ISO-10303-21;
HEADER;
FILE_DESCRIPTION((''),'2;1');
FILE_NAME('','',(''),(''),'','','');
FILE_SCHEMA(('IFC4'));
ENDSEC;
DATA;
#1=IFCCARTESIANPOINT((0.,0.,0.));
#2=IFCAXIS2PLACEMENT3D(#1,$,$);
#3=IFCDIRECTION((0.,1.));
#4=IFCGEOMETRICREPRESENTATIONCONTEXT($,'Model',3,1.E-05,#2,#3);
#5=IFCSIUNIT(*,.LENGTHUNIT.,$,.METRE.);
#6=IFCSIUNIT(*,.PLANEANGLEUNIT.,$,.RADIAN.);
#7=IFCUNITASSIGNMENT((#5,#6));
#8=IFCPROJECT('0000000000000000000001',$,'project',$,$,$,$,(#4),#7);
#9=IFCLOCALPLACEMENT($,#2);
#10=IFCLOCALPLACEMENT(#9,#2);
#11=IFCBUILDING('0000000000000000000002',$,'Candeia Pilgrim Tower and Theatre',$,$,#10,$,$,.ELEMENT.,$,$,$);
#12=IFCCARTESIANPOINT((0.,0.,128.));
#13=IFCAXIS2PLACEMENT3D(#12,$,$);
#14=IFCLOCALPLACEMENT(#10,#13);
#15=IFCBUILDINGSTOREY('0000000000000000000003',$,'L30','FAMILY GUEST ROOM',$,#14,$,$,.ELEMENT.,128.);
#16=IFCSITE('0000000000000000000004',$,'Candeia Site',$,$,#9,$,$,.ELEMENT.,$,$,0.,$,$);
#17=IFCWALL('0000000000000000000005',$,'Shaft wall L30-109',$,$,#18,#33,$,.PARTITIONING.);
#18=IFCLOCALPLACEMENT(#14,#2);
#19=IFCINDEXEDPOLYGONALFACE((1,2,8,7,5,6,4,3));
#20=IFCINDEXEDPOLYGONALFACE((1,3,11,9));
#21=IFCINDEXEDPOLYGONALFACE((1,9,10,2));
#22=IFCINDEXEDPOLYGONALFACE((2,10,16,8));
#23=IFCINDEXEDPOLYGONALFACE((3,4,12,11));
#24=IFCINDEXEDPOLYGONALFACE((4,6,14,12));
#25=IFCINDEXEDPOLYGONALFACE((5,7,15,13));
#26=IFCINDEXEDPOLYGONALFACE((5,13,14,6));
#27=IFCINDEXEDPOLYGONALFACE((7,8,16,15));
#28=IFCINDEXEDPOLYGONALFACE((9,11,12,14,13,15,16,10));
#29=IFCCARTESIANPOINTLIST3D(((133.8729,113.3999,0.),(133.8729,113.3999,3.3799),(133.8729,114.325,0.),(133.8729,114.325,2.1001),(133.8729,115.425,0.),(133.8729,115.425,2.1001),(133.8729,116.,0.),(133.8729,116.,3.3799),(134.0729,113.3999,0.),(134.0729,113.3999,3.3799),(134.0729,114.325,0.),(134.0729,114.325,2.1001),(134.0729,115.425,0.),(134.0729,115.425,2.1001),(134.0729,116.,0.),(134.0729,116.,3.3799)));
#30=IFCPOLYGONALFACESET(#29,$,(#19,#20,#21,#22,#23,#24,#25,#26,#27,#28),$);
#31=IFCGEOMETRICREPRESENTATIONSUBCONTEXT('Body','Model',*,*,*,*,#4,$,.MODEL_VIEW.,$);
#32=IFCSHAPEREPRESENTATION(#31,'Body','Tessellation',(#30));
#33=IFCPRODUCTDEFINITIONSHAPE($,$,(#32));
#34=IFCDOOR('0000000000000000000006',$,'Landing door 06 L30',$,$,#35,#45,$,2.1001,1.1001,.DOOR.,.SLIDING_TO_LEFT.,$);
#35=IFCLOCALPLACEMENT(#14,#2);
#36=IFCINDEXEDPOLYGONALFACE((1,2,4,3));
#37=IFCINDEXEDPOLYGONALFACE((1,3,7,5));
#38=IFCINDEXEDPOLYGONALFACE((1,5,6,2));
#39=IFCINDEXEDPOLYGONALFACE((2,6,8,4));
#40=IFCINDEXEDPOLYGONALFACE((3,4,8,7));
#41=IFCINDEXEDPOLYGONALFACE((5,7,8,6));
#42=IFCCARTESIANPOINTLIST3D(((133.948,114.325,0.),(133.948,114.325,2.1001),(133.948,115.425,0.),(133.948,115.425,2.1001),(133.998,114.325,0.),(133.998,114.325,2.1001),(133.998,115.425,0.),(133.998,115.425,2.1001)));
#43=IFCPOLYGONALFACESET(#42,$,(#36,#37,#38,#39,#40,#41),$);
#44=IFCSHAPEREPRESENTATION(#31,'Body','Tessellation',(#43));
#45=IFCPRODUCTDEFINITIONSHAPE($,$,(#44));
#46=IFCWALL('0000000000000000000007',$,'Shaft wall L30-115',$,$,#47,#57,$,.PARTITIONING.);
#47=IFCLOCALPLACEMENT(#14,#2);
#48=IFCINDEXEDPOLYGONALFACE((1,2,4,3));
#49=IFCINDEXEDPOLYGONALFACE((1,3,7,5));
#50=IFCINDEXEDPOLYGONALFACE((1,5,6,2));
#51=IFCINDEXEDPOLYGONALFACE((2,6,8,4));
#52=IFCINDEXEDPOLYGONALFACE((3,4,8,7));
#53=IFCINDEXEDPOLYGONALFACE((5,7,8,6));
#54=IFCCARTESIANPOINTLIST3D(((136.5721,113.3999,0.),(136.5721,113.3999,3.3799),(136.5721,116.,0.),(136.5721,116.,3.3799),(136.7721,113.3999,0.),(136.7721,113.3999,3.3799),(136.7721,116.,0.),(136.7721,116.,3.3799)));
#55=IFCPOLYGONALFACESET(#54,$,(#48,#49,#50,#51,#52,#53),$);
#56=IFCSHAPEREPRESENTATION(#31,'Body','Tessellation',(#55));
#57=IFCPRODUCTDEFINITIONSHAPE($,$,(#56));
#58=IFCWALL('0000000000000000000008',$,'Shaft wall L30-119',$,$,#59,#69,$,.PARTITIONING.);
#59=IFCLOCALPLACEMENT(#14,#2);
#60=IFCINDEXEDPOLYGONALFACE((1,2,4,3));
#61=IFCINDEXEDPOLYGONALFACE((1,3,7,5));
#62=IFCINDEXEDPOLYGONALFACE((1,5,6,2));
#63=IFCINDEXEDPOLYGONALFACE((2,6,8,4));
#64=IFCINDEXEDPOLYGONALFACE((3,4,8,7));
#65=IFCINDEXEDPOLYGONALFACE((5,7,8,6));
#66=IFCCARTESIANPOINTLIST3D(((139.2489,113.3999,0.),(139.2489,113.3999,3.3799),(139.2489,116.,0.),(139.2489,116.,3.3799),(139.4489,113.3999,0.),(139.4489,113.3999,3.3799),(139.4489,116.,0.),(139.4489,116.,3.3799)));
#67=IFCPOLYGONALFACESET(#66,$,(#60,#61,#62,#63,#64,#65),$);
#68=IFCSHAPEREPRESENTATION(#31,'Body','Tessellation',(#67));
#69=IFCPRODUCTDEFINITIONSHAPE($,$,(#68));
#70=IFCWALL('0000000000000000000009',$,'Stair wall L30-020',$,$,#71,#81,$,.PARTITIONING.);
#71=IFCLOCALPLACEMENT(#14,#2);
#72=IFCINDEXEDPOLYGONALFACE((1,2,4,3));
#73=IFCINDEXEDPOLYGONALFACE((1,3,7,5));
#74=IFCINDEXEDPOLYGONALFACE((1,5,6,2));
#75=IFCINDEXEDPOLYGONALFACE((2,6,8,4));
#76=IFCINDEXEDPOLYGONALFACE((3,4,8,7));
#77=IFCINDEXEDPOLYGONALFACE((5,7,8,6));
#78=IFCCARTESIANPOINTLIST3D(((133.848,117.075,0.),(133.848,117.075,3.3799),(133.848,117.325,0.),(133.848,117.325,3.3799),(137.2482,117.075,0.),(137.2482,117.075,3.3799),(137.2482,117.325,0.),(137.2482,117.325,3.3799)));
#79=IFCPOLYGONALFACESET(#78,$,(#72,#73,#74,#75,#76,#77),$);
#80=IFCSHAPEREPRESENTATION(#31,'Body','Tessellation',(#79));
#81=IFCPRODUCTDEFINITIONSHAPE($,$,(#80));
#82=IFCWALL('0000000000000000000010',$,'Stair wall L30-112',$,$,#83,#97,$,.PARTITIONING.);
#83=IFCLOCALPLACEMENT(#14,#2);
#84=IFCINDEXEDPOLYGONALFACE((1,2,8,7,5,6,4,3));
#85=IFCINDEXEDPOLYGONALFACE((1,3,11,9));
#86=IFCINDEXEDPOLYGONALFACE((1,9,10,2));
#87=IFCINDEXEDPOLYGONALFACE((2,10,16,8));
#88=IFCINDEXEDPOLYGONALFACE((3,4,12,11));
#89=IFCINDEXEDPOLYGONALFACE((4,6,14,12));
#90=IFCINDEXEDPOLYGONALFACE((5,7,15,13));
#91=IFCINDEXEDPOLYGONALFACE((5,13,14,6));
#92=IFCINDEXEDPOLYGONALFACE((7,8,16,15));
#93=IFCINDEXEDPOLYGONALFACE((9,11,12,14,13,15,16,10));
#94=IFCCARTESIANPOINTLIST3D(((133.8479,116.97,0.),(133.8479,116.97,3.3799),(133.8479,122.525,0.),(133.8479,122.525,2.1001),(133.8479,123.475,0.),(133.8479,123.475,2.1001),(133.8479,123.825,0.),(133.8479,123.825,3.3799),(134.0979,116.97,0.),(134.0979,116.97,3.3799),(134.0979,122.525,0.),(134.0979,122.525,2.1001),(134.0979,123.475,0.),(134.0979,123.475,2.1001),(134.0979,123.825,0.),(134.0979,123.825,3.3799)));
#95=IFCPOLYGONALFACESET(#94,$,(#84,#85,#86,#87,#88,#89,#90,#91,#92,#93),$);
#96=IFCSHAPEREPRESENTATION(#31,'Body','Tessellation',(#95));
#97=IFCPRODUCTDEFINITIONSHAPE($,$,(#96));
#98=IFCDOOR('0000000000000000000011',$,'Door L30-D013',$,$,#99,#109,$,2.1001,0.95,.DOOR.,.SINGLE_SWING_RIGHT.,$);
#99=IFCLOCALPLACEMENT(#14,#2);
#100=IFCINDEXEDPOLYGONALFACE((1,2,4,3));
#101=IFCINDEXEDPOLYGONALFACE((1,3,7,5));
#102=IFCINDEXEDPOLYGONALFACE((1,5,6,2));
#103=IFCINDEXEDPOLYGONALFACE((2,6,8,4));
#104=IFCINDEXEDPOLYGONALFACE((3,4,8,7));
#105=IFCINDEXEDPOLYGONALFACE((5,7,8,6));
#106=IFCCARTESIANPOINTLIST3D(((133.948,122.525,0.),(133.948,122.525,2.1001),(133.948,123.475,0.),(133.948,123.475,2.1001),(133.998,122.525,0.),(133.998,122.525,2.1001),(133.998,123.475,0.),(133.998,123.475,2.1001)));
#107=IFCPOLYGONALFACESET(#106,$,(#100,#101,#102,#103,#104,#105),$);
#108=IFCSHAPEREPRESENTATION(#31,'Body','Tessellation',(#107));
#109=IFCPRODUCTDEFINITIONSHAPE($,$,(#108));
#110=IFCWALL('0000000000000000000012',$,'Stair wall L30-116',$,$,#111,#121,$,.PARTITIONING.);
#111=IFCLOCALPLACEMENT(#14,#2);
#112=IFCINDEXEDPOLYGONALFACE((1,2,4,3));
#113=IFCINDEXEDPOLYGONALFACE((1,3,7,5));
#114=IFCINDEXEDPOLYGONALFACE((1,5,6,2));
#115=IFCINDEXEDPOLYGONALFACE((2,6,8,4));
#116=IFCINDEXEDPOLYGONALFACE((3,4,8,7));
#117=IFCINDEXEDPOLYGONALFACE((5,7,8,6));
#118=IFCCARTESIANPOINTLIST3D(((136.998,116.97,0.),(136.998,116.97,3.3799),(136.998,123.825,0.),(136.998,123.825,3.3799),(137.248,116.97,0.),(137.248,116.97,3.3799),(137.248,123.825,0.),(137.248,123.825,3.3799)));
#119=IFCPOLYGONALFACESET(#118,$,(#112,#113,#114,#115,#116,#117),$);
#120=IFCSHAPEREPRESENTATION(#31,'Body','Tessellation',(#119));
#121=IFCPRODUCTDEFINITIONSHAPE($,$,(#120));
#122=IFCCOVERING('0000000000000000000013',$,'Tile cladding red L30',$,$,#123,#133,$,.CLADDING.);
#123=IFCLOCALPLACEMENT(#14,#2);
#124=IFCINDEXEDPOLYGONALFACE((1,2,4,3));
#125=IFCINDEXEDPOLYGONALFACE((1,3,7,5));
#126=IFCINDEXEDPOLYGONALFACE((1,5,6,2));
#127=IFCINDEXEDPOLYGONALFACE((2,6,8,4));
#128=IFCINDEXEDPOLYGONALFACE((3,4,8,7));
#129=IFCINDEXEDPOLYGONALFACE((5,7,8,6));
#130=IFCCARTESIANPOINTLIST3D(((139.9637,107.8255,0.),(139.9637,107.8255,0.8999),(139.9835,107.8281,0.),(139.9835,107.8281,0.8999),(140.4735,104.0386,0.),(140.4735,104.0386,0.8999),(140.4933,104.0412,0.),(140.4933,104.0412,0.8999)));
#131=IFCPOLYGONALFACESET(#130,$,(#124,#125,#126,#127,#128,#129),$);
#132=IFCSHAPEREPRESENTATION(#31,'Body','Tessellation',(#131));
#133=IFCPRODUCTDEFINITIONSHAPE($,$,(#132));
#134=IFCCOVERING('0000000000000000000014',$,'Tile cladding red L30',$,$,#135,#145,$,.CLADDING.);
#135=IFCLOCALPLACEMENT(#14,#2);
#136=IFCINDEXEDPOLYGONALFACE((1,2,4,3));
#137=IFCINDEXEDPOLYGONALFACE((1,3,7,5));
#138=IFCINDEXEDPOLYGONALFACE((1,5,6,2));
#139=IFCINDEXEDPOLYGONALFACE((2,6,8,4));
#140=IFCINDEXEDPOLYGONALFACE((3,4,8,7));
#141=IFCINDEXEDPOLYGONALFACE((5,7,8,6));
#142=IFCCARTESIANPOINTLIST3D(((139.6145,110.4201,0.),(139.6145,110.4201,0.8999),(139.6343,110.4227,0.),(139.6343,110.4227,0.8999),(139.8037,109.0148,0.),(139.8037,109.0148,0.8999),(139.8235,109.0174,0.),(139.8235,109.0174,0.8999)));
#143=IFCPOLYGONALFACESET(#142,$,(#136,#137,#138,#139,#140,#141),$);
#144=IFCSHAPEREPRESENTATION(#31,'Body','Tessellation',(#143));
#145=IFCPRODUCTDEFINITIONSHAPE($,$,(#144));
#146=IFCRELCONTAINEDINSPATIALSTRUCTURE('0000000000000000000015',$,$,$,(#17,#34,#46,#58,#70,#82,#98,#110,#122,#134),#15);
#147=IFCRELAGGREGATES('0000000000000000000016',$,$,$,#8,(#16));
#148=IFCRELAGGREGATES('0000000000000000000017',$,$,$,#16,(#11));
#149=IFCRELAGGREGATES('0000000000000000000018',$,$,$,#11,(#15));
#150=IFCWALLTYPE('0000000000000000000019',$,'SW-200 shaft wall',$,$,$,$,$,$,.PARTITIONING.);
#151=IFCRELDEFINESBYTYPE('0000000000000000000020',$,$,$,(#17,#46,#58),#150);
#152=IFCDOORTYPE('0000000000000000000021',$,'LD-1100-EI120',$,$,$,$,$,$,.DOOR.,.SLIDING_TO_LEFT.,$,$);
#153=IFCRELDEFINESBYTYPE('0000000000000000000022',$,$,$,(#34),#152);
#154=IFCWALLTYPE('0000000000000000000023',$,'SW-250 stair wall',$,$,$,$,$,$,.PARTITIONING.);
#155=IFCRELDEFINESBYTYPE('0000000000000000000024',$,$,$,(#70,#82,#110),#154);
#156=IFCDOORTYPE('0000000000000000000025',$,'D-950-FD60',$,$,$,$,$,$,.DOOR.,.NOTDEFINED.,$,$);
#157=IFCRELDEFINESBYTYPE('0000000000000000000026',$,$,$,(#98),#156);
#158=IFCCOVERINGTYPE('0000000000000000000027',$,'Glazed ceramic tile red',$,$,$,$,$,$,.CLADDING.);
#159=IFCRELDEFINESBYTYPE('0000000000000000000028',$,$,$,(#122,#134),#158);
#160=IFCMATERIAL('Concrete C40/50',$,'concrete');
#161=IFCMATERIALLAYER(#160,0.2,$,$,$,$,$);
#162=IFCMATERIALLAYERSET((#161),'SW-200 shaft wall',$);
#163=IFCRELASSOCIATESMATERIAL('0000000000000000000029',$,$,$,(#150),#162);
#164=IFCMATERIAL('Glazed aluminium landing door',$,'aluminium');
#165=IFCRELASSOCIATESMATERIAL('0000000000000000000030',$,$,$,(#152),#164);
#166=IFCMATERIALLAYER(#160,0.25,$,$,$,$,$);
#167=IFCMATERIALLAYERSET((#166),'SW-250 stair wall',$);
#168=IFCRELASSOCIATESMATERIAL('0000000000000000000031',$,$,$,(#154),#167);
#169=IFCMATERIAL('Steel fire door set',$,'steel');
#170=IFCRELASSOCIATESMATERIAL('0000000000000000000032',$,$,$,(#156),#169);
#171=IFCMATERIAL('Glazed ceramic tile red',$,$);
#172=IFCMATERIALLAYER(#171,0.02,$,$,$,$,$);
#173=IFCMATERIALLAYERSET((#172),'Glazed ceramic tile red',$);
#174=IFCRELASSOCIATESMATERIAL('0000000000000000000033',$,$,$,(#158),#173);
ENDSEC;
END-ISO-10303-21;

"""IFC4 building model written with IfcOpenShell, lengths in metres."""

from ifc_helpers import new_model, si_unit, direction, frame, frame_2d, origin, origin_2d, place, context, subcontext, project, spatial, rectangle, extrude, material, layer, layer_set, type_object, element, fill, save


model = new_model("IFC4")

# Units and contexts
model_context = context("Model", 3, precision=1e-05, world=origin(), true_north=direction((0.0, 1.0)))
body_context = subcontext(model_context, "Body", "Model", "MODEL_VIEW")
ifc_project = project(units=[si_unit("LENGTHUNIT", "METRE"), si_unit("PLANEANGLEUNIT", "RADIAN")], contexts=[model_context])

# Site, building, storey
site_placement = place(None, origin())
site = spatial("IfcSite", under=ifc_project, at=site_placement, Name="Candeia Site", CompositionType="ELEMENT", RefElevation=0.0)
building_placement = place(site_placement, origin())
building = spatial("IfcBuilding", under=site, at=building_placement, Name="Candeia Pilgrim Tower and Theatre", CompositionType="ELEMENT")
storey_placement = place(building_placement, frame((0.0, 0.0, 128.0)))
storey = spatial("IfcBuildingStorey", under=building, at=storey_placement, Name="L30", Description="FAMILY GUEST ROOM", CompositionType="ELEMENT", Elevation=128.0)

# Shared definitions
ifc_material_1 = material(Name="Steel fire door set", Category="steel")

# Wall, opening, door
ifc_material_2 = material(Name="Concrete C40/50", Category="concrete")
ifc_layer_1 = layer(ifc_material_2, 0.2)
ifc_layer_set_1 = layer_set([ifc_layer_1], Name="SW-200 shaft wall")
wall_type_1 = type_object("IfcWallType", Name="SW-200 shaft wall", PredefinedType="PARTITIONING", material=ifc_layer_set_1)
wall_1_placement = place(storey_placement, frame((133.9729, 113.3999, 0.0), z_axis=(0.0, 0.0, 1.0), x_axis=(0.0, 1.0, 0.0)))
wall_1 = element("IfcWall", 1, at=wall_1_placement, inside=storey, type_object=wall_type_1, Name="Shaft wall L30-109", PredefinedType="PARTITIONING", context=body_context, shape_type="SweptSolid", body=[
    extrude(rectangle(XDim=2.6001, YDim=0.2, at=frame_2d((1.3, 0.0))), origin(), (0.0, 0.0, 1.0), 3.3799),
])
opening_1_placement = place(wall_1_placement, frame((0.925, 0.0, 0.0)))
opening_1 = element("IfcOpeningElement", 2, at=opening_1_placement, cuts=wall_1, PredefinedType="OPENING", context=body_context, shape_type="SweptSolid", body=[
    extrude(rectangle(XDim=1.1001, YDim=2.1001, at=frame_2d((0.55, 1.05))), frame((0.0, 0.1099, 0.0), z_axis=(0.0, -1.0, 0.0), x_axis=(1.0, 0.0, 0.0)), (0.0, 0.0, 1.0), 0.22),
])
ifc_material_3 = material(Name="Glazed aluminium landing door", Category="aluminium")
door_type_1 = type_object("IfcDoorType", Name="LD-1100-EI120", OperationType="SLIDING_TO_LEFT", PredefinedType="DOOR", material=ifc_material_3)
door_1_placement = place(opening_1_placement, origin())
door_1 = element("IfcDoor", 3, at=door_1_placement, inside=storey, type_object=door_type_1, Name="Landing door 06 L30", OperationType="SLIDING_TO_LEFT", OverallHeight=2.1001, OverallWidth=1.1001, PredefinedType="DOOR", context=body_context, shape_type="SweptSolid", body=[
    extrude(rectangle(XDim=1.1001, YDim=2.1001, at=frame_2d((0.55, 1.05))), frame((0.0, 0.0249, 0.0), z_axis=(0.0, -1.0, 0.0), x_axis=(1.0, 0.0, 0.0)), (0.0, 0.0, 1.0), 0.05),
])
fill(opening_1, door_1)

# Walls
for number, where, z_axis, x_axis, name in (
    (4, (136.6721, 113.3999, 0.0), (0.0, 0.0, 1.0), (0.0, 1.0, 0.0), "Shaft wall L30-115"),
    (5, (139.3489, 113.3999, 0.0), (0.0, 0.0, 1.0), (0.0, 1.0, 0.0), "Shaft wall L30-119"),
):
    element("IfcWall", number, at=place(storey_placement, frame(where, z_axis=z_axis, x_axis=x_axis)), inside=storey, type_object=wall_type_1, Name=name, PredefinedType="PARTITIONING", context=body_context, shape_type="SweptSolid", body=[
        extrude(rectangle(XDim=2.6001, YDim=0.2, at=frame_2d((1.3, 0.0))), origin(), (0.0, 0.0, 1.0), 3.3799),
    ])
ifc_layer_2 = layer(ifc_material_2, 0.25)
ifc_layer_set_2 = layer_set([ifc_layer_2], Name="SW-250 stair wall")
wall_type_2 = type_object("IfcWallType", Name="SW-250 stair wall", PredefinedType="PARTITIONING", material=ifc_layer_set_2)
wall_2_placement = place(storey_placement, frame((133.8479, 117.2, 0.0), z_axis=(0.0, 0.0, 1.0), x_axis=(1.0, 0.0, 0.0)))
element("IfcWall", 6, at=wall_2_placement, inside=storey, type_object=wall_type_2, Name="Stair wall L30-020", PredefinedType="PARTITIONING", context=body_context, shape_type="SweptSolid", body=[
    extrude(rectangle(XDim=3.4001, YDim=0.25, at=frame_2d((1.7002, 0.0))), origin(), (0.0, 0.0, 1.0), 3.3799),
])

# Wall, opening, door
wall_3_placement = place(storey_placement, frame((133.9729, 116.97, 0.0), z_axis=(0.0, 0.0, 1.0), x_axis=(0.0, 1.0, 0.0)))
wall_3 = element("IfcWall", 7, at=wall_3_placement, inside=storey, type_object=wall_type_2, Name="Stair wall L30-112", PredefinedType="PARTITIONING", context=body_context, shape_type="SweptSolid", body=[
    extrude(rectangle(XDim=6.855, YDim=0.25, at=frame_2d((3.4275, 0.0))), origin(), (0.0, 0.0, 1.0), 3.3799),
])
opening_2_placement = place(wall_3_placement, frame((5.5549, 0.0, 0.0)))
opening_2 = element("IfcOpeningElement", 8, at=opening_2_placement, cuts=wall_3, PredefinedType="OPENING", context=body_context, shape_type="SweptSolid", body=[
    extrude(rectangle(XDim=0.95, YDim=2.1001, at=frame_2d((0.4751, 1.05))), frame((0.0, 0.135, 0.0), z_axis=(0.0, -1.0, 0.0), x_axis=(1.0, 0.0, 0.0)), (0.0, 0.0, 1.0), 0.27),
])
door_type_2 = type_object("IfcDoorType", Name="D-950-FD60", OperationType="NOTDEFINED", PredefinedType="DOOR", material=ifc_material_1)
door_2_placement = place(opening_2_placement, origin())
door_2 = element("IfcDoor", 9, at=door_2_placement, inside=storey, type_object=door_type_2, Name="Door L30-D013", OperationType="SINGLE_SWING_RIGHT", OverallHeight=2.1001, OverallWidth=0.95, PredefinedType="DOOR", context=body_context, shape_type="SweptSolid", body=[
    extrude(rectangle(XDim=0.95, YDim=2.1001, at=frame_2d((0.4751, 1.05))), frame((0.0, 0.0249, 0.0), z_axis=(0.0, -1.0, 0.0), x_axis=(1.0, 0.0, 0.0)), (0.0, 0.0, 1.0), 0.05),
])
fill(opening_2, door_2)

# Wall
wall_4_placement = place(storey_placement, frame((137.123, 116.97, 0.0), z_axis=(0.0, 0.0, 1.0), x_axis=(0.0, 1.0, 0.0)))
element("IfcWall", 10, at=wall_4_placement, inside=storey, type_object=wall_type_2, Name="Stair wall L30-116", PredefinedType="PARTITIONING", context=body_context, shape_type="SweptSolid", body=[
    extrude(rectangle(XDim=6.855, YDim=0.25, at=frame_2d((3.4275, 0.0))), origin(), (0.0, 0.0, 1.0), 3.3799),
])

# Coverings
ifc_material_4 = material(Name="Glazed ceramic tile red")
ifc_layer_3 = layer(ifc_material_4, 0.02)
ifc_layer_set_3 = layer_set([ifc_layer_3], Name="Glazed ceramic tile red")
covering_type = type_object("IfcCoveringType", Name="Glazed ceramic tile red", PredefinedType="CLADDING", material=ifc_layer_set_3)
covering_1_placement = place(storey_placement, frame((140.2285, 105.9333, 0.0), z_axis=(0.0, 0.0, 1.0), x_axis=(-0.133412, 0.991061, 0.0)))
element("IfcCovering", 11, at=covering_1_placement, inside=storey, type_object=covering_type, Name="Tile cladding red L30", PredefinedType="CLADDING", context=body_context, shape_type="SweptSolid", body=[
    extrude(rectangle(XDim=3.821, YDim=0.02, at=origin_2d()), origin(), (0.0, 0.0, 1.0), 0.8999),
])
covering_2_placement = place(storey_placement, frame((139.719, 109.7188, 0.0), z_axis=(0.0, 0.0, 1.0), x_axis=(-0.133412, 0.991061, 0.0)))
element("IfcCovering", 12, at=covering_2_placement, inside=storey, type_object=covering_type, Name="Tile cladding red L30", PredefinedType="CLADDING", context=body_context, shape_type="SweptSolid", body=[
    extrude(rectangle(XDim=1.418, YDim=0.02, at=origin_2d()), origin(), (0.0, 0.0, 1.0), 0.8999),
])

save(model, "model.ifc")
